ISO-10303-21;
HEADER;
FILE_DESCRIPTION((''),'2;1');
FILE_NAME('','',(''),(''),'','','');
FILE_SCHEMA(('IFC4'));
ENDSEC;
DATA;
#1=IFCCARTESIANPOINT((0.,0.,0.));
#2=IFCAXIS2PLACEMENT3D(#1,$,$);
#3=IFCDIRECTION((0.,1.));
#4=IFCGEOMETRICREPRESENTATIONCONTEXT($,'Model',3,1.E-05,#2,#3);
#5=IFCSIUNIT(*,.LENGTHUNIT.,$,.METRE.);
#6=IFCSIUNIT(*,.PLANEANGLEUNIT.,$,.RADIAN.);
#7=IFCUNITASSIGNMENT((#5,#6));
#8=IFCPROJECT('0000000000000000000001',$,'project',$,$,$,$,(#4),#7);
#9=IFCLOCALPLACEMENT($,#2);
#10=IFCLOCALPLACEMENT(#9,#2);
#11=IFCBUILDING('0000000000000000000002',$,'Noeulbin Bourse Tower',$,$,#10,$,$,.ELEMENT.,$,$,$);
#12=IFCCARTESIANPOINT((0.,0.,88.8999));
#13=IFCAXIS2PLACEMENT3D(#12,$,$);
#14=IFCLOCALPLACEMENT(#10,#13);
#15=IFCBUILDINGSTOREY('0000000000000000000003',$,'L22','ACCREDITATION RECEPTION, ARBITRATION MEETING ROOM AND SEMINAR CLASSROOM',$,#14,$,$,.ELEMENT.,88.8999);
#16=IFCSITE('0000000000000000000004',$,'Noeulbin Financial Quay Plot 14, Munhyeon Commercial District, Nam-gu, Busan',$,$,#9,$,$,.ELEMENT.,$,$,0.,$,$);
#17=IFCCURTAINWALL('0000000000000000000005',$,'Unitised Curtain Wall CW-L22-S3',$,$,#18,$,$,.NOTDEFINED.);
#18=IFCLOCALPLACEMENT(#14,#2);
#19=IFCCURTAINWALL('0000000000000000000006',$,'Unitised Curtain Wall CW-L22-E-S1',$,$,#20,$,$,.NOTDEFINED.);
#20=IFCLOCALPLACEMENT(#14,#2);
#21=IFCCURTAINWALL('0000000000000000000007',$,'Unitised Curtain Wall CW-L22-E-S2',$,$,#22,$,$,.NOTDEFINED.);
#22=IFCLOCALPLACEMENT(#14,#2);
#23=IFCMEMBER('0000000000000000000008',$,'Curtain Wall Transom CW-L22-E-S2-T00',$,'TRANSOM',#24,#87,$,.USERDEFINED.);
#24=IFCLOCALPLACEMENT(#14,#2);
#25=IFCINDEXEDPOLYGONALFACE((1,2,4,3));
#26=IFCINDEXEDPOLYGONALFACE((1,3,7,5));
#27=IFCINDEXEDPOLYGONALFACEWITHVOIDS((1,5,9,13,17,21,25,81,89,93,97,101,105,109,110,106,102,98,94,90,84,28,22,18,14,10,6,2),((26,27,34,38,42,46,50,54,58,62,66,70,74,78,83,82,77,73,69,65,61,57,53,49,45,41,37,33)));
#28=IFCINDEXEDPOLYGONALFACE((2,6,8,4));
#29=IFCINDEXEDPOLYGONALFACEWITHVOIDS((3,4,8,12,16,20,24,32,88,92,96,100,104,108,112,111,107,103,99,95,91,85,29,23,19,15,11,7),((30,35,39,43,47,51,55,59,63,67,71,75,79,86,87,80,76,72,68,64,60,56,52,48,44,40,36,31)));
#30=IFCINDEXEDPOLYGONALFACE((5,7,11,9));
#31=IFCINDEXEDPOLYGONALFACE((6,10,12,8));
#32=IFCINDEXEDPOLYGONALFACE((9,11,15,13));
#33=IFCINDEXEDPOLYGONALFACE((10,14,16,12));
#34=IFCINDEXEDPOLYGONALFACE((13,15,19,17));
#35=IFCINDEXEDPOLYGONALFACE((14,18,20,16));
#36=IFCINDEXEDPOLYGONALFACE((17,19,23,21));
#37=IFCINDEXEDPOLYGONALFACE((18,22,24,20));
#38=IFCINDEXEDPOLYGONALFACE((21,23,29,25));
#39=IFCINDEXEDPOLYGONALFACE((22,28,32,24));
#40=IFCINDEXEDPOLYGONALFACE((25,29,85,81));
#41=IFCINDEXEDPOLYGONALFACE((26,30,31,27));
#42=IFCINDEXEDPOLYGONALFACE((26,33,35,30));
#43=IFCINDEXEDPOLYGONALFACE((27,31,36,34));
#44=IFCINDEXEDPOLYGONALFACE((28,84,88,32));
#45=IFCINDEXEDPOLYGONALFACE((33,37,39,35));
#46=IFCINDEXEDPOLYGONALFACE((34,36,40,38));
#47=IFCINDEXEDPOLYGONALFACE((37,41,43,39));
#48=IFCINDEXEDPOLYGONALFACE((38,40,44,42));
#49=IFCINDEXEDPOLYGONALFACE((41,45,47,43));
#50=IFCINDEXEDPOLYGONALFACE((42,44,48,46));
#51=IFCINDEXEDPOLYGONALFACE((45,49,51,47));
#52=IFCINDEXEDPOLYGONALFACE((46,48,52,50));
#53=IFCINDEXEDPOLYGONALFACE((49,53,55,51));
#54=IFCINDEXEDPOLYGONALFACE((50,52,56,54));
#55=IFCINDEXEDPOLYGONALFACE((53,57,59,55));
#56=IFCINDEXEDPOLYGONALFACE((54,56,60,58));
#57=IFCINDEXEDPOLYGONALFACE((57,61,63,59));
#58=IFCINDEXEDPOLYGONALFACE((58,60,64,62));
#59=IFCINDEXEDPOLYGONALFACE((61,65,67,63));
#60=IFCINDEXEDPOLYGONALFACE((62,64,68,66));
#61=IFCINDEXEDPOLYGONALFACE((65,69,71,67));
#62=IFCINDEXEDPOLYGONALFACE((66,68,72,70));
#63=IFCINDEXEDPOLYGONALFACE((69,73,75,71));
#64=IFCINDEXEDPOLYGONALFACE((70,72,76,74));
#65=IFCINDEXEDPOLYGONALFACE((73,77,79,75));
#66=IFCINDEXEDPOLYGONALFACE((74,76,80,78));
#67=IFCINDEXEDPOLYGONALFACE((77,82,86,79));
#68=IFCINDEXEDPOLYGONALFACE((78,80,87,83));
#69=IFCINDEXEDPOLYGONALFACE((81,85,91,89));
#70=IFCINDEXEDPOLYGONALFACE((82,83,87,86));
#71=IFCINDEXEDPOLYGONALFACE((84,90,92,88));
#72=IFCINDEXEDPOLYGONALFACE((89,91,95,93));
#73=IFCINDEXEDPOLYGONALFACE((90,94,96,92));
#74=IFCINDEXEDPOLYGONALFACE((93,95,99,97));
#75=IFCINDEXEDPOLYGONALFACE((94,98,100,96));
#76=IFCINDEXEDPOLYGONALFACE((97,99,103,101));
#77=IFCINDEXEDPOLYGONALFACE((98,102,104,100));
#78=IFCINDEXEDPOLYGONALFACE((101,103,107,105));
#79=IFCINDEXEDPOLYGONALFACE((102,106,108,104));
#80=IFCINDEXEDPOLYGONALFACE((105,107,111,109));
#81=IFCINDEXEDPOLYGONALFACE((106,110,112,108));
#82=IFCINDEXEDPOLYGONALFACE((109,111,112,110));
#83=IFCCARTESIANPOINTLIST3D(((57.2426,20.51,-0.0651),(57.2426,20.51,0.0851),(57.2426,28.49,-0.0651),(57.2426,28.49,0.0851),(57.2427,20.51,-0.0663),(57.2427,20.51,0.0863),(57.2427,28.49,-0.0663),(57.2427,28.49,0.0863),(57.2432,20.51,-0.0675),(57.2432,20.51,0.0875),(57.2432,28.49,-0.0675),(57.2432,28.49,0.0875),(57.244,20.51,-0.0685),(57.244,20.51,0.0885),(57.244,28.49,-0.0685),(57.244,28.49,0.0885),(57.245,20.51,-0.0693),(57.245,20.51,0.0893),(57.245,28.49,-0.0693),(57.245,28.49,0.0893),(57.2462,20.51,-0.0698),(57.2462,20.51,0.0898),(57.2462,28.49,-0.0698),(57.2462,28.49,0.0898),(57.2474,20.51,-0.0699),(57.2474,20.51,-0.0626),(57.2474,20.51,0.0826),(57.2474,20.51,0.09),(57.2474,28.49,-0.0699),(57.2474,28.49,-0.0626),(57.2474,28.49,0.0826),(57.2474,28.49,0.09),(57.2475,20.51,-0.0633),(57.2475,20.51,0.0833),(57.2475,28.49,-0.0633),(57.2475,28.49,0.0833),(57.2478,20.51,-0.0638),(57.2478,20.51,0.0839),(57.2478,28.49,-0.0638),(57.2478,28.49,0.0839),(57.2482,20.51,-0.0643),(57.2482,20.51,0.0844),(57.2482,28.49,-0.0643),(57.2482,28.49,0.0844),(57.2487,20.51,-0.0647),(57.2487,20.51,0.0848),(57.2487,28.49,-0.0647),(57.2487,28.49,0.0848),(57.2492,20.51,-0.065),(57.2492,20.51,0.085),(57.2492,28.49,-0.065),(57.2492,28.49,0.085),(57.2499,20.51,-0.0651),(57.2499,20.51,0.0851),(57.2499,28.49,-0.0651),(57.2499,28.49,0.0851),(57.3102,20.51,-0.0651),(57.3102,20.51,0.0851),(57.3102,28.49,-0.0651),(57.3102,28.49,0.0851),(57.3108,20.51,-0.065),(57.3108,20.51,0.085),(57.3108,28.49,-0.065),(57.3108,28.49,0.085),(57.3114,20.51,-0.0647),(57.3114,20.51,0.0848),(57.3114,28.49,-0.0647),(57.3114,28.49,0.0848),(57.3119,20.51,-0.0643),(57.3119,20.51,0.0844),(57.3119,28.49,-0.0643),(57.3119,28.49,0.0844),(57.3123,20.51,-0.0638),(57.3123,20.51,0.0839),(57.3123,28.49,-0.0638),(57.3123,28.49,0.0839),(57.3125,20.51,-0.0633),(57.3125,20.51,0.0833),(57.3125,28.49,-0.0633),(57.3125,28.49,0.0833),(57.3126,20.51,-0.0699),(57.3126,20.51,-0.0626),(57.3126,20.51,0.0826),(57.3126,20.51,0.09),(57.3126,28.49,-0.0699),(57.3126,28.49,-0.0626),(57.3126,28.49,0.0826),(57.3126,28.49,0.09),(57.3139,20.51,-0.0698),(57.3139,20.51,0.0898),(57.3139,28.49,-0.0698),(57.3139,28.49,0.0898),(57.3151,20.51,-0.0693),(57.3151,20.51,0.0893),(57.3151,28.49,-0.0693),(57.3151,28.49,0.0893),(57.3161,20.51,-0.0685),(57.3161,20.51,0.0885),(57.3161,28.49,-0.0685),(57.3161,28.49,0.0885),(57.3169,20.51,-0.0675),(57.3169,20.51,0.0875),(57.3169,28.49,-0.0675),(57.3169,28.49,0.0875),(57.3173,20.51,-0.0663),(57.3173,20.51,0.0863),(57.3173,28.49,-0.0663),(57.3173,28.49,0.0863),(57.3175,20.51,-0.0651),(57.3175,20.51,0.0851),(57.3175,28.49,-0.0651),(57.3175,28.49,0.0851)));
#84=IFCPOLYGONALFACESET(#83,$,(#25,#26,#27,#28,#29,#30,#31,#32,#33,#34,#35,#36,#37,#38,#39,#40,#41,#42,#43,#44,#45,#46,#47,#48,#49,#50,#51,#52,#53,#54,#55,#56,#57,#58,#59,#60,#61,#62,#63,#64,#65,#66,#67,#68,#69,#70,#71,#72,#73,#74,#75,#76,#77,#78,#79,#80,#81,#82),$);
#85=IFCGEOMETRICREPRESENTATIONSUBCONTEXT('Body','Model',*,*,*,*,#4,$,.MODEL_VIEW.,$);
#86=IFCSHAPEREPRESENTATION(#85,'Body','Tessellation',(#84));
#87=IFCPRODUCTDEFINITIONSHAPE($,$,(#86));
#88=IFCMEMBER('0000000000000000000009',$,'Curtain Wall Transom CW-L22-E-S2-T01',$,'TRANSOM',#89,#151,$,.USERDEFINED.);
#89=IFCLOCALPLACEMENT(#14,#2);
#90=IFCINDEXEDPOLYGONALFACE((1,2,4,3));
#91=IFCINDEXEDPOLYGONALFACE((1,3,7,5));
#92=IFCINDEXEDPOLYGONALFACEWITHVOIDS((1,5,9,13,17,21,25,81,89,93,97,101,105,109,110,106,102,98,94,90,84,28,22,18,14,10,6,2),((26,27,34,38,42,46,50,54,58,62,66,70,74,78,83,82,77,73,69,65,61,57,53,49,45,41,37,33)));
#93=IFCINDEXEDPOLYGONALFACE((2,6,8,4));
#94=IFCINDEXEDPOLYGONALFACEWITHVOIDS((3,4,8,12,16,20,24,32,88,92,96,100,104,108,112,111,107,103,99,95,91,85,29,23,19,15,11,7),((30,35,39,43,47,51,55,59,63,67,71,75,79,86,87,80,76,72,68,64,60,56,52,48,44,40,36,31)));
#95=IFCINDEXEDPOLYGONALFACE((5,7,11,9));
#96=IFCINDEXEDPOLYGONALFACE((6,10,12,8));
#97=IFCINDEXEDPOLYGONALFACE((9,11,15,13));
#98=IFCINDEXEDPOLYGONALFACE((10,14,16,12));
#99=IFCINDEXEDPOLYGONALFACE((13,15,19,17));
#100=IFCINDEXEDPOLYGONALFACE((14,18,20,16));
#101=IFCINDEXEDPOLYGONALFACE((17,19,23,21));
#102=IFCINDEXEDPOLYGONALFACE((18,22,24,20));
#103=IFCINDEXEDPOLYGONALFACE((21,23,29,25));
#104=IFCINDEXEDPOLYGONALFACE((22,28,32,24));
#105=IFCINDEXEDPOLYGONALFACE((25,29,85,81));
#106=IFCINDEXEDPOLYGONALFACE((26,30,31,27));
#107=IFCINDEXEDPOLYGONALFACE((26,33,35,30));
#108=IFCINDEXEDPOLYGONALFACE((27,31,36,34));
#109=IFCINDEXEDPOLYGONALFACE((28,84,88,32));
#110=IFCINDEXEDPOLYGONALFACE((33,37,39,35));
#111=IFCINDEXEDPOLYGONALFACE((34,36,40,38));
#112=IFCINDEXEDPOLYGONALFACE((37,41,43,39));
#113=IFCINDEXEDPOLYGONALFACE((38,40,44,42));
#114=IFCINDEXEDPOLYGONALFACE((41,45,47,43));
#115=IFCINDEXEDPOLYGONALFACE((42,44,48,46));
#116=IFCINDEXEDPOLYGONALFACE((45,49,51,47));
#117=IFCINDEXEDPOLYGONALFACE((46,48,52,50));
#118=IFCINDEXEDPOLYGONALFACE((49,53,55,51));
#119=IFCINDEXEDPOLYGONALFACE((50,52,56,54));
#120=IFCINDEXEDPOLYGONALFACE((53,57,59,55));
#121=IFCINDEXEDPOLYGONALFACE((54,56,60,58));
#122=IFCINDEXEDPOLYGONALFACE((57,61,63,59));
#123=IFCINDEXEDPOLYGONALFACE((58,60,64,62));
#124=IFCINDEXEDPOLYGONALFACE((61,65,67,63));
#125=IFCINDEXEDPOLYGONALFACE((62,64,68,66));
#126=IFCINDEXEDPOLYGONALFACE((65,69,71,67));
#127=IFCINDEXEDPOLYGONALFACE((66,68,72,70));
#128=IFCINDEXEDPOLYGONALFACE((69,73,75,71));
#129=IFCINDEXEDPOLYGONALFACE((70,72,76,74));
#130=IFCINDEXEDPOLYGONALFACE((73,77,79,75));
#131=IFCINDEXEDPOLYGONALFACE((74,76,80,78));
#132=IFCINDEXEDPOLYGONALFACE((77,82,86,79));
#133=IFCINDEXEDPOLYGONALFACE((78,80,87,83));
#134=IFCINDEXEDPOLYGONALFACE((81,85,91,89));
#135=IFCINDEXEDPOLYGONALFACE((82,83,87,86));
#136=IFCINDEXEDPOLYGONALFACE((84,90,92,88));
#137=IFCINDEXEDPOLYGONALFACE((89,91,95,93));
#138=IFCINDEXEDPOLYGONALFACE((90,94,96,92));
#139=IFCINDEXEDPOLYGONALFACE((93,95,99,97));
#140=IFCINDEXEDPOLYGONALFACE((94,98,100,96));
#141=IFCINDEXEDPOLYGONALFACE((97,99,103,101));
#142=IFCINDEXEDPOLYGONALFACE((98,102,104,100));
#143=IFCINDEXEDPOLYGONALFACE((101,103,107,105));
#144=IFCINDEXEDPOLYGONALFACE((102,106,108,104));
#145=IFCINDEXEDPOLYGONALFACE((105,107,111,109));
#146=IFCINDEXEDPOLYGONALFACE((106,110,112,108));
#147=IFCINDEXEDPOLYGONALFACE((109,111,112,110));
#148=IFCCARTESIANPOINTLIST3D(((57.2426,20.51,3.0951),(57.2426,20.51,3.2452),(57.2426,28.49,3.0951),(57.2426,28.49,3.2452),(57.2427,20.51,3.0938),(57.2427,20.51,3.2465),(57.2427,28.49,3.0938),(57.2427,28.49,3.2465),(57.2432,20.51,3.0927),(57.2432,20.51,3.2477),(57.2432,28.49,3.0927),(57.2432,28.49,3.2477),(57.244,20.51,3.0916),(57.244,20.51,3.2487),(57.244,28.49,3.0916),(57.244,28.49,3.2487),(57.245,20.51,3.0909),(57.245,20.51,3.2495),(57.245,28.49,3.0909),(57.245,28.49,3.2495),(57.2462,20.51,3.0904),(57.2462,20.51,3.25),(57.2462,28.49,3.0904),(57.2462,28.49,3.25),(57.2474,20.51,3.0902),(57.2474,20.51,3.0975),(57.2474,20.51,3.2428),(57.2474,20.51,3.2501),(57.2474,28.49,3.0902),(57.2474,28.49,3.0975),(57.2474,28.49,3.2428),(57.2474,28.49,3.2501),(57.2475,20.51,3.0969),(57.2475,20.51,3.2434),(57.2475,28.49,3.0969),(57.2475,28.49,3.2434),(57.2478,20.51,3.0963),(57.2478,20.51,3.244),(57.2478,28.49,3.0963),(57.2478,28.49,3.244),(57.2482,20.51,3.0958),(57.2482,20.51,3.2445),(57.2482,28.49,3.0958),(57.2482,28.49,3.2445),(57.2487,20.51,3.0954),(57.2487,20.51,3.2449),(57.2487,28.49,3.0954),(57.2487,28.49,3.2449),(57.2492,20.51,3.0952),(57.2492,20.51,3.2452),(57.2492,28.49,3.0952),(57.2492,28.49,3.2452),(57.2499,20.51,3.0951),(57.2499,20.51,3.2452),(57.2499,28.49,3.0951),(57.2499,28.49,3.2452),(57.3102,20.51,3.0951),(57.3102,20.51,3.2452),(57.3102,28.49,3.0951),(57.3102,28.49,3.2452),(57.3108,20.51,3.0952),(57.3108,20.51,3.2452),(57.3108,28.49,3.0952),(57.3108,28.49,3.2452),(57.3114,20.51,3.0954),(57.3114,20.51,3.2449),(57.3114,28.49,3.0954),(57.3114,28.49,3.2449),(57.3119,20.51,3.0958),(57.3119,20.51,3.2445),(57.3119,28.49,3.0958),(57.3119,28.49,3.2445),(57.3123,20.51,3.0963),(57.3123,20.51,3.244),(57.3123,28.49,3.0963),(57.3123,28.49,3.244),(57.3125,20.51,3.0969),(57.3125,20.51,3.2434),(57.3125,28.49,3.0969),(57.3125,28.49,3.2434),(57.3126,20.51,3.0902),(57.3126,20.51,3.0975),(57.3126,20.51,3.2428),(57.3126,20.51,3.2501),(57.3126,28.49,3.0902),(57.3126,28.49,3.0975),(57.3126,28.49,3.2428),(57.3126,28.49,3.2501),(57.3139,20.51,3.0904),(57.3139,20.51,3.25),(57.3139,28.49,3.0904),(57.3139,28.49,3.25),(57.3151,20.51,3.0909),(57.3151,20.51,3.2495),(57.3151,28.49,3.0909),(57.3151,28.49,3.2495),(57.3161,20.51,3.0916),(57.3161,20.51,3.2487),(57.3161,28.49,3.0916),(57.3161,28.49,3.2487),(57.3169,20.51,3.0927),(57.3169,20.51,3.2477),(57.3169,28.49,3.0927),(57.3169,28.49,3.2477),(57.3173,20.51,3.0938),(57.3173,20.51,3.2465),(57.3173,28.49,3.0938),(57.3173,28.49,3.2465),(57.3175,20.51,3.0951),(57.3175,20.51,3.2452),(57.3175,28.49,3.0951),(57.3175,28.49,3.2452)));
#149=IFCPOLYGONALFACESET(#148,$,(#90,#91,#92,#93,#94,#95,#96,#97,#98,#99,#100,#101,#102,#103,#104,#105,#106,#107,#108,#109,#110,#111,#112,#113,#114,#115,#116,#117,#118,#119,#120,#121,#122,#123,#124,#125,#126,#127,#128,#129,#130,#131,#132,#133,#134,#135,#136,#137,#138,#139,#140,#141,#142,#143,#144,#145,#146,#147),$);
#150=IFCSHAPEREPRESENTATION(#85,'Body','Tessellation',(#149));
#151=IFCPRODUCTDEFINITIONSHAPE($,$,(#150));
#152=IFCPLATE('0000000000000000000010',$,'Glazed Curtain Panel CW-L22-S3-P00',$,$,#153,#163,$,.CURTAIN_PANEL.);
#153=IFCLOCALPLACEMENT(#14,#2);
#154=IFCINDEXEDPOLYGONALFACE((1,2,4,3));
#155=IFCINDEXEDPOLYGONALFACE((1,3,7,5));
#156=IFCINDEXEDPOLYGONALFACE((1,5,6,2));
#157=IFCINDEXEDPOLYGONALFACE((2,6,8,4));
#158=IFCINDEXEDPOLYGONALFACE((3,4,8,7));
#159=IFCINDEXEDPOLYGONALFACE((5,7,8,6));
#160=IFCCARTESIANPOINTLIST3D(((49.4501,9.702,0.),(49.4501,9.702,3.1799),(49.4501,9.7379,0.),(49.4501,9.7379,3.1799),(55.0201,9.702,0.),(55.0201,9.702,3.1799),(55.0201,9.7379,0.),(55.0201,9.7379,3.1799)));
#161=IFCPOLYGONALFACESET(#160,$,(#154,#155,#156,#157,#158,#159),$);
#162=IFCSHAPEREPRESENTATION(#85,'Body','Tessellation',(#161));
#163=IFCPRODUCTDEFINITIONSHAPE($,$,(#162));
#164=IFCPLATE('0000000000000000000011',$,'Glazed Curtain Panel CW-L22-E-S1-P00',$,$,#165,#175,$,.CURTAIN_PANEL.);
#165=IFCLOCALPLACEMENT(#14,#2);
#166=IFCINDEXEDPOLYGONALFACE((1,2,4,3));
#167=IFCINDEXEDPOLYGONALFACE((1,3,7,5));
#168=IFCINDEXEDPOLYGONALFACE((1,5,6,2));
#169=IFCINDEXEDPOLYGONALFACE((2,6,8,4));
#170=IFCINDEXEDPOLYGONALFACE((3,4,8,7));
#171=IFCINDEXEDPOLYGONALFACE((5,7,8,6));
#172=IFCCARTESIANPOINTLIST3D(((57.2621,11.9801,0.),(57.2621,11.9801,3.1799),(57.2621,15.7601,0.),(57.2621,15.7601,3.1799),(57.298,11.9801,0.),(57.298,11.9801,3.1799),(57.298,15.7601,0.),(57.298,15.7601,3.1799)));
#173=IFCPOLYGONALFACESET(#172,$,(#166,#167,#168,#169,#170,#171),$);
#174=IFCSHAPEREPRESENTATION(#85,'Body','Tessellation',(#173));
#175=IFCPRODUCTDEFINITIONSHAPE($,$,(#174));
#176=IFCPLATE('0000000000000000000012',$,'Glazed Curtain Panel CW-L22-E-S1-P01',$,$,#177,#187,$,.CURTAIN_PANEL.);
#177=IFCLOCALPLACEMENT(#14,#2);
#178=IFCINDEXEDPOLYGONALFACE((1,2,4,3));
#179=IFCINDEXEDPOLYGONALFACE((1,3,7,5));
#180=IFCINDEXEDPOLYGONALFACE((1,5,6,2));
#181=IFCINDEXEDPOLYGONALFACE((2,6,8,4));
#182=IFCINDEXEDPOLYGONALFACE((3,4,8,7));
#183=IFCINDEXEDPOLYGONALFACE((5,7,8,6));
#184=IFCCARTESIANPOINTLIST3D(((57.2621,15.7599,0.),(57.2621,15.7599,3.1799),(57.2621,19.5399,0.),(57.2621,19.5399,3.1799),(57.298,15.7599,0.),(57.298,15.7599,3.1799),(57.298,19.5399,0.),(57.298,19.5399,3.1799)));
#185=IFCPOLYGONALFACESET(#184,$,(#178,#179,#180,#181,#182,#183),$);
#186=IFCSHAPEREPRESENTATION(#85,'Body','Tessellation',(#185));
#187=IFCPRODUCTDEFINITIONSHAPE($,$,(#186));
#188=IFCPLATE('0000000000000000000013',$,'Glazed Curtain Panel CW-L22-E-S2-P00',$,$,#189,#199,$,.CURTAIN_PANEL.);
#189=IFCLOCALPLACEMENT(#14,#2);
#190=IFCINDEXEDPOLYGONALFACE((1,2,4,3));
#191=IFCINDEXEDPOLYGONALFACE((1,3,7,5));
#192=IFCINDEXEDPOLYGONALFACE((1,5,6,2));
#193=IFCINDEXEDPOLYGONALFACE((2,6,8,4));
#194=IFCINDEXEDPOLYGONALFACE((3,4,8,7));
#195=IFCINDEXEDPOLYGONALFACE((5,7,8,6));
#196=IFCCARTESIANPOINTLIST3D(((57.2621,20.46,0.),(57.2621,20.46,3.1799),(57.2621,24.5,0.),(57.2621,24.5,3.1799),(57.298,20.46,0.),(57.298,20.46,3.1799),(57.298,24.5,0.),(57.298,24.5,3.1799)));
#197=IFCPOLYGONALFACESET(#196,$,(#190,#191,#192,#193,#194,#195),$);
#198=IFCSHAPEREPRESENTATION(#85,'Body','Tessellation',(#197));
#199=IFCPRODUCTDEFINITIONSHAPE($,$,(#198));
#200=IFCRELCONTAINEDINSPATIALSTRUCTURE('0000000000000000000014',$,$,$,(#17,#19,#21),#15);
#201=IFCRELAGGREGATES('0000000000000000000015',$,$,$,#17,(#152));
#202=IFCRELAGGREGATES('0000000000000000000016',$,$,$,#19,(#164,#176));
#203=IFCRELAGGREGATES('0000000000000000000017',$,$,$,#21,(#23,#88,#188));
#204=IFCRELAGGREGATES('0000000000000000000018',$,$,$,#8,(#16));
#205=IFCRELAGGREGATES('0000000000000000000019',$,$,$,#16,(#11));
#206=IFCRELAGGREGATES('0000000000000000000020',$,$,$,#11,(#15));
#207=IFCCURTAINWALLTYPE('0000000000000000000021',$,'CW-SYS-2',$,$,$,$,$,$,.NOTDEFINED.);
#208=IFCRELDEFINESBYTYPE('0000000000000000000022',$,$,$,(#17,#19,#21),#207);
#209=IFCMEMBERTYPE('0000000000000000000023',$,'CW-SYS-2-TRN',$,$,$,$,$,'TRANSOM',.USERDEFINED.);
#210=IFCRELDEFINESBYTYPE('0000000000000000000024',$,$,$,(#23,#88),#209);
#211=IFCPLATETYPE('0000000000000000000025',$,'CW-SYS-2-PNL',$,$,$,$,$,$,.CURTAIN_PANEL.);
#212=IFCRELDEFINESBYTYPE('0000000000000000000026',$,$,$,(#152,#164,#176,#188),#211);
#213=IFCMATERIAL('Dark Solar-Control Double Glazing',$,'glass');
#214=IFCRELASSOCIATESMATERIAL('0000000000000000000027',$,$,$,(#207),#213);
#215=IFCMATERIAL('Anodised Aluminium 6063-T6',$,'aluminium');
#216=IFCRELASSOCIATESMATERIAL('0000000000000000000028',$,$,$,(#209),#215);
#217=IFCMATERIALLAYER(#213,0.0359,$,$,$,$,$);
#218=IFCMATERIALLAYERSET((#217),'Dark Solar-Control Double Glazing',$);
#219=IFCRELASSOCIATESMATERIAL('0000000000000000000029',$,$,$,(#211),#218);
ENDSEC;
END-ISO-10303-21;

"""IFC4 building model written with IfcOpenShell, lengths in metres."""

from ifc_helpers import new_model, si_unit, direction, frame, origin, origin_2d, place, context, subcontext, project, spatial, rectangle, hollow_rectangle, extrude, material, layer, layer_set, material_profile, profile_set, type_object, element, aggregate, save


model = new_model("IFC4")

# Units and contexts
model_context = context("Model", 3, precision=1e-05, world=origin(), true_north=direction((0.0, 1.0)))
body_context = subcontext(model_context, "Body", "Model", "MODEL_VIEW")
ifc_project = project(units=[si_unit("LENGTHUNIT", "METRE"), si_unit("PLANEANGLEUNIT", "RADIAN")], contexts=[model_context])

# Site, building, storey
site_placement = place(None, origin())
site = spatial("IfcSite", under=ifc_project, at=site_placement, Name="Noeulbin Financial Quay Plot 14, Munhyeon Commercial District, Nam-gu, Busan", CompositionType="ELEMENT", RefElevation=0.0)
building_placement = place(site_placement, origin())
building = spatial("IfcBuilding", under=site, at=building_placement, Name="Noeulbin Bourse Tower", CompositionType="ELEMENT")
storey_placement = place(building_placement, frame((0.0, 0.0, 88.8999)))
storey = spatial("IfcBuildingStorey", under=building, at=storey_placement, Name="L22", Description="ACCREDITATION RECEPTION, ARBITRATION MEETING ROOM AND SEMINAR CLASSROOM", CompositionType="ELEMENT", Elevation=88.8999)

# Shared definitions
ifc_material_1 = material(Name="Dark Solar-Control Double Glazing", Category="glass")
curtain_wall_type = type_object("IfcCurtainWallType", Name="CW-SYS-2", PredefinedType="NOTDEFINED", material=ifc_material_1)
ifc_material_2 = material(Name="Anodised Aluminium 6063-T6", Category="aluminium")

# Curtain walls
curtain_wall_1_placement = place(storey_placement, origin())
curtain_wall_1 = element("IfcCurtainWall", 1, at=curtain_wall_1_placement, inside=storey, type_object=curtain_wall_type, Name="Unitised Curtain Wall CW-L22-S3", PredefinedType="NOTDEFINED")
curtain_wall_2_placement = place(storey_placement, origin())
curtain_wall_2 = element("IfcCurtainWall", 2, at=curtain_wall_2_placement, inside=storey, type_object=curtain_wall_type, Name="Unitised Curtain Wall CW-L22-E-S1", PredefinedType="NOTDEFINED")

# Curtain wall
curtain_wall_3_placement = place(storey_placement, origin())
curtain_wall_3 = element("IfcCurtainWall", 3, at=curtain_wall_3_placement, inside=storey, type_object=curtain_wall_type, Name="Unitised Curtain Wall CW-L22-E-S2", PredefinedType="NOTDEFINED")

# Members
ifc_material_profile_1 = material_profile(ifc_material_2, hollow_rectangle(XDim=0.075, YDim=0.1599, WallThickness=0.0049, InnerFilletRadius=0.0024, OuterFilletRadius=0.0049, at=origin_2d()), Name="ALU-TRAN-75x160x5", Category="LoadBearing")
ifc_profile_set_1 = profile_set([ifc_material_profile_1], Name="Anodised Aluminium 6063-T6")
member_type_1 = type_object("IfcMemberType", Name="CW-SYS-2-TRN", ElementType="TRANSOM", PredefinedType="USERDEFINED", material=ifc_profile_set_1)
member_1_placement = place(storey_placement, frame((57.28, 20.51, 0.01), z_axis=(0.0, 1.0, 0.0), x_axis=(-1.0, 0.0, 0.0)))
member_1 = element("IfcMember", 4, at=member_1_placement, type_object=member_type_1, Name="Curtain Wall Transom CW-L22-E-S2-T00", ObjectType="TRANSOM", PredefinedType="USERDEFINED", context=body_context, shape_type="SweptSolid", body=[
    extrude(hollow_rectangle(XDim=0.075, YDim=0.1599, WallThickness=0.0049, InnerFilletRadius=0.0024, OuterFilletRadius=0.0049, at=origin_2d()), origin(), (0.0, 0.0, 1.0), 7.98),
])
member_2_placement = place(storey_placement, frame((57.28, 20.51, 3.1702), z_axis=(0.0, 1.0, 0.0), x_axis=(-1.0, 0.0, 0.0)))
member_2 = element("IfcMember", 5, at=member_2_placement, type_object=member_type_1, Name="Curtain Wall Transom CW-L22-E-S2-T01", ObjectType="TRANSOM", PredefinedType="USERDEFINED", context=body_context, shape_type="SweptSolid", body=[
    extrude(hollow_rectangle(XDim=0.075, YDim=0.1599, WallThickness=0.0049, InnerFilletRadius=0.0024, OuterFilletRadius=0.0049, at=origin_2d()), origin(), (0.0, 0.0, 1.0), 7.98),
])

# Plates
ifc_layer_1 = layer(ifc_material_1, 0.0359)
ifc_layer_set_1 = layer_set([ifc_layer_1], Name="Dark Solar-Control Double Glazing")
plate_type_1 = type_object("IfcPlateType", Name="CW-SYS-2-PNL", PredefinedType="CURTAIN_PANEL", material=ifc_layer_set_1)
plate_1_placement = place(storey_placement, frame((52.2351, 9.72, 0.0), z_axis=(0.0, 0.0, 1.0), x_axis=(1.0, 0.0, 0.0)))
plate_1 = element("IfcPlate", 6, at=plate_1_placement, type_object=plate_type_1, Name="Glazed Curtain Panel CW-L22-S3-P00", PredefinedType="CURTAIN_PANEL", context=body_context, shape_type="SweptSolid", body=[
    extrude(rectangle(XDim=5.5701, YDim=0.0359, at=origin_2d()), origin(), (0.0, 0.0, 1.0), 3.1799),
])
aggregate(curtain_wall_1, [plate_1])
plate_2_placement = place(storey_placement, frame((57.28, 13.8701, 0.0), z_axis=(0.0, 0.0, 1.0), x_axis=(0.0, 1.0, 0.0)))
plate_2 = element("IfcPlate", 7, at=plate_2_placement, type_object=plate_type_1, Name="Glazed Curtain Panel CW-L22-E-S1-P00", PredefinedType="CURTAIN_PANEL", context=body_context, shape_type="SweptSolid", body=[
    extrude(rectangle(XDim=3.78, YDim=0.0359, at=origin_2d()), origin(), (0.0, 0.0, 1.0), 3.1799),
])
plate_3_placement = place(storey_placement, frame((57.28, 17.6499, 0.0), z_axis=(0.0, 0.0, 1.0), x_axis=(0.0, 1.0, 0.0)))
plate_3 = element("IfcPlate", 8, at=plate_3_placement, type_object=plate_type_1, Name="Glazed Curtain Panel CW-L22-E-S1-P01", PredefinedType="CURTAIN_PANEL", context=body_context, shape_type="SweptSolid", body=[
    extrude(rectangle(XDim=3.78, YDim=0.0359, at=origin_2d()), origin(), (0.0, 0.0, 1.0), 3.1799),
])
aggregate(curtain_wall_2, [plate_2, plate_3])
plate_4_placement = place(storey_placement, frame((57.28, 22.48, 0.0), z_axis=(0.0, 0.0, 1.0), x_axis=(0.0, 1.0, 0.0)))
plate_4 = element("IfcPlate", 9, at=plate_4_placement, type_object=plate_type_1, Name="Glazed Curtain Panel CW-L22-E-S2-P00", PredefinedType="CURTAIN_PANEL", context=body_context, shape_type="SweptSolid", body=[
    extrude(rectangle(XDim=4.04, YDim=0.0359, at=origin_2d()), origin(), (0.0, 0.0, 1.0), 3.1799),
])
aggregate(curtain_wall_3, [member_1, member_2, plate_4])

save(model, "model.ifc")
